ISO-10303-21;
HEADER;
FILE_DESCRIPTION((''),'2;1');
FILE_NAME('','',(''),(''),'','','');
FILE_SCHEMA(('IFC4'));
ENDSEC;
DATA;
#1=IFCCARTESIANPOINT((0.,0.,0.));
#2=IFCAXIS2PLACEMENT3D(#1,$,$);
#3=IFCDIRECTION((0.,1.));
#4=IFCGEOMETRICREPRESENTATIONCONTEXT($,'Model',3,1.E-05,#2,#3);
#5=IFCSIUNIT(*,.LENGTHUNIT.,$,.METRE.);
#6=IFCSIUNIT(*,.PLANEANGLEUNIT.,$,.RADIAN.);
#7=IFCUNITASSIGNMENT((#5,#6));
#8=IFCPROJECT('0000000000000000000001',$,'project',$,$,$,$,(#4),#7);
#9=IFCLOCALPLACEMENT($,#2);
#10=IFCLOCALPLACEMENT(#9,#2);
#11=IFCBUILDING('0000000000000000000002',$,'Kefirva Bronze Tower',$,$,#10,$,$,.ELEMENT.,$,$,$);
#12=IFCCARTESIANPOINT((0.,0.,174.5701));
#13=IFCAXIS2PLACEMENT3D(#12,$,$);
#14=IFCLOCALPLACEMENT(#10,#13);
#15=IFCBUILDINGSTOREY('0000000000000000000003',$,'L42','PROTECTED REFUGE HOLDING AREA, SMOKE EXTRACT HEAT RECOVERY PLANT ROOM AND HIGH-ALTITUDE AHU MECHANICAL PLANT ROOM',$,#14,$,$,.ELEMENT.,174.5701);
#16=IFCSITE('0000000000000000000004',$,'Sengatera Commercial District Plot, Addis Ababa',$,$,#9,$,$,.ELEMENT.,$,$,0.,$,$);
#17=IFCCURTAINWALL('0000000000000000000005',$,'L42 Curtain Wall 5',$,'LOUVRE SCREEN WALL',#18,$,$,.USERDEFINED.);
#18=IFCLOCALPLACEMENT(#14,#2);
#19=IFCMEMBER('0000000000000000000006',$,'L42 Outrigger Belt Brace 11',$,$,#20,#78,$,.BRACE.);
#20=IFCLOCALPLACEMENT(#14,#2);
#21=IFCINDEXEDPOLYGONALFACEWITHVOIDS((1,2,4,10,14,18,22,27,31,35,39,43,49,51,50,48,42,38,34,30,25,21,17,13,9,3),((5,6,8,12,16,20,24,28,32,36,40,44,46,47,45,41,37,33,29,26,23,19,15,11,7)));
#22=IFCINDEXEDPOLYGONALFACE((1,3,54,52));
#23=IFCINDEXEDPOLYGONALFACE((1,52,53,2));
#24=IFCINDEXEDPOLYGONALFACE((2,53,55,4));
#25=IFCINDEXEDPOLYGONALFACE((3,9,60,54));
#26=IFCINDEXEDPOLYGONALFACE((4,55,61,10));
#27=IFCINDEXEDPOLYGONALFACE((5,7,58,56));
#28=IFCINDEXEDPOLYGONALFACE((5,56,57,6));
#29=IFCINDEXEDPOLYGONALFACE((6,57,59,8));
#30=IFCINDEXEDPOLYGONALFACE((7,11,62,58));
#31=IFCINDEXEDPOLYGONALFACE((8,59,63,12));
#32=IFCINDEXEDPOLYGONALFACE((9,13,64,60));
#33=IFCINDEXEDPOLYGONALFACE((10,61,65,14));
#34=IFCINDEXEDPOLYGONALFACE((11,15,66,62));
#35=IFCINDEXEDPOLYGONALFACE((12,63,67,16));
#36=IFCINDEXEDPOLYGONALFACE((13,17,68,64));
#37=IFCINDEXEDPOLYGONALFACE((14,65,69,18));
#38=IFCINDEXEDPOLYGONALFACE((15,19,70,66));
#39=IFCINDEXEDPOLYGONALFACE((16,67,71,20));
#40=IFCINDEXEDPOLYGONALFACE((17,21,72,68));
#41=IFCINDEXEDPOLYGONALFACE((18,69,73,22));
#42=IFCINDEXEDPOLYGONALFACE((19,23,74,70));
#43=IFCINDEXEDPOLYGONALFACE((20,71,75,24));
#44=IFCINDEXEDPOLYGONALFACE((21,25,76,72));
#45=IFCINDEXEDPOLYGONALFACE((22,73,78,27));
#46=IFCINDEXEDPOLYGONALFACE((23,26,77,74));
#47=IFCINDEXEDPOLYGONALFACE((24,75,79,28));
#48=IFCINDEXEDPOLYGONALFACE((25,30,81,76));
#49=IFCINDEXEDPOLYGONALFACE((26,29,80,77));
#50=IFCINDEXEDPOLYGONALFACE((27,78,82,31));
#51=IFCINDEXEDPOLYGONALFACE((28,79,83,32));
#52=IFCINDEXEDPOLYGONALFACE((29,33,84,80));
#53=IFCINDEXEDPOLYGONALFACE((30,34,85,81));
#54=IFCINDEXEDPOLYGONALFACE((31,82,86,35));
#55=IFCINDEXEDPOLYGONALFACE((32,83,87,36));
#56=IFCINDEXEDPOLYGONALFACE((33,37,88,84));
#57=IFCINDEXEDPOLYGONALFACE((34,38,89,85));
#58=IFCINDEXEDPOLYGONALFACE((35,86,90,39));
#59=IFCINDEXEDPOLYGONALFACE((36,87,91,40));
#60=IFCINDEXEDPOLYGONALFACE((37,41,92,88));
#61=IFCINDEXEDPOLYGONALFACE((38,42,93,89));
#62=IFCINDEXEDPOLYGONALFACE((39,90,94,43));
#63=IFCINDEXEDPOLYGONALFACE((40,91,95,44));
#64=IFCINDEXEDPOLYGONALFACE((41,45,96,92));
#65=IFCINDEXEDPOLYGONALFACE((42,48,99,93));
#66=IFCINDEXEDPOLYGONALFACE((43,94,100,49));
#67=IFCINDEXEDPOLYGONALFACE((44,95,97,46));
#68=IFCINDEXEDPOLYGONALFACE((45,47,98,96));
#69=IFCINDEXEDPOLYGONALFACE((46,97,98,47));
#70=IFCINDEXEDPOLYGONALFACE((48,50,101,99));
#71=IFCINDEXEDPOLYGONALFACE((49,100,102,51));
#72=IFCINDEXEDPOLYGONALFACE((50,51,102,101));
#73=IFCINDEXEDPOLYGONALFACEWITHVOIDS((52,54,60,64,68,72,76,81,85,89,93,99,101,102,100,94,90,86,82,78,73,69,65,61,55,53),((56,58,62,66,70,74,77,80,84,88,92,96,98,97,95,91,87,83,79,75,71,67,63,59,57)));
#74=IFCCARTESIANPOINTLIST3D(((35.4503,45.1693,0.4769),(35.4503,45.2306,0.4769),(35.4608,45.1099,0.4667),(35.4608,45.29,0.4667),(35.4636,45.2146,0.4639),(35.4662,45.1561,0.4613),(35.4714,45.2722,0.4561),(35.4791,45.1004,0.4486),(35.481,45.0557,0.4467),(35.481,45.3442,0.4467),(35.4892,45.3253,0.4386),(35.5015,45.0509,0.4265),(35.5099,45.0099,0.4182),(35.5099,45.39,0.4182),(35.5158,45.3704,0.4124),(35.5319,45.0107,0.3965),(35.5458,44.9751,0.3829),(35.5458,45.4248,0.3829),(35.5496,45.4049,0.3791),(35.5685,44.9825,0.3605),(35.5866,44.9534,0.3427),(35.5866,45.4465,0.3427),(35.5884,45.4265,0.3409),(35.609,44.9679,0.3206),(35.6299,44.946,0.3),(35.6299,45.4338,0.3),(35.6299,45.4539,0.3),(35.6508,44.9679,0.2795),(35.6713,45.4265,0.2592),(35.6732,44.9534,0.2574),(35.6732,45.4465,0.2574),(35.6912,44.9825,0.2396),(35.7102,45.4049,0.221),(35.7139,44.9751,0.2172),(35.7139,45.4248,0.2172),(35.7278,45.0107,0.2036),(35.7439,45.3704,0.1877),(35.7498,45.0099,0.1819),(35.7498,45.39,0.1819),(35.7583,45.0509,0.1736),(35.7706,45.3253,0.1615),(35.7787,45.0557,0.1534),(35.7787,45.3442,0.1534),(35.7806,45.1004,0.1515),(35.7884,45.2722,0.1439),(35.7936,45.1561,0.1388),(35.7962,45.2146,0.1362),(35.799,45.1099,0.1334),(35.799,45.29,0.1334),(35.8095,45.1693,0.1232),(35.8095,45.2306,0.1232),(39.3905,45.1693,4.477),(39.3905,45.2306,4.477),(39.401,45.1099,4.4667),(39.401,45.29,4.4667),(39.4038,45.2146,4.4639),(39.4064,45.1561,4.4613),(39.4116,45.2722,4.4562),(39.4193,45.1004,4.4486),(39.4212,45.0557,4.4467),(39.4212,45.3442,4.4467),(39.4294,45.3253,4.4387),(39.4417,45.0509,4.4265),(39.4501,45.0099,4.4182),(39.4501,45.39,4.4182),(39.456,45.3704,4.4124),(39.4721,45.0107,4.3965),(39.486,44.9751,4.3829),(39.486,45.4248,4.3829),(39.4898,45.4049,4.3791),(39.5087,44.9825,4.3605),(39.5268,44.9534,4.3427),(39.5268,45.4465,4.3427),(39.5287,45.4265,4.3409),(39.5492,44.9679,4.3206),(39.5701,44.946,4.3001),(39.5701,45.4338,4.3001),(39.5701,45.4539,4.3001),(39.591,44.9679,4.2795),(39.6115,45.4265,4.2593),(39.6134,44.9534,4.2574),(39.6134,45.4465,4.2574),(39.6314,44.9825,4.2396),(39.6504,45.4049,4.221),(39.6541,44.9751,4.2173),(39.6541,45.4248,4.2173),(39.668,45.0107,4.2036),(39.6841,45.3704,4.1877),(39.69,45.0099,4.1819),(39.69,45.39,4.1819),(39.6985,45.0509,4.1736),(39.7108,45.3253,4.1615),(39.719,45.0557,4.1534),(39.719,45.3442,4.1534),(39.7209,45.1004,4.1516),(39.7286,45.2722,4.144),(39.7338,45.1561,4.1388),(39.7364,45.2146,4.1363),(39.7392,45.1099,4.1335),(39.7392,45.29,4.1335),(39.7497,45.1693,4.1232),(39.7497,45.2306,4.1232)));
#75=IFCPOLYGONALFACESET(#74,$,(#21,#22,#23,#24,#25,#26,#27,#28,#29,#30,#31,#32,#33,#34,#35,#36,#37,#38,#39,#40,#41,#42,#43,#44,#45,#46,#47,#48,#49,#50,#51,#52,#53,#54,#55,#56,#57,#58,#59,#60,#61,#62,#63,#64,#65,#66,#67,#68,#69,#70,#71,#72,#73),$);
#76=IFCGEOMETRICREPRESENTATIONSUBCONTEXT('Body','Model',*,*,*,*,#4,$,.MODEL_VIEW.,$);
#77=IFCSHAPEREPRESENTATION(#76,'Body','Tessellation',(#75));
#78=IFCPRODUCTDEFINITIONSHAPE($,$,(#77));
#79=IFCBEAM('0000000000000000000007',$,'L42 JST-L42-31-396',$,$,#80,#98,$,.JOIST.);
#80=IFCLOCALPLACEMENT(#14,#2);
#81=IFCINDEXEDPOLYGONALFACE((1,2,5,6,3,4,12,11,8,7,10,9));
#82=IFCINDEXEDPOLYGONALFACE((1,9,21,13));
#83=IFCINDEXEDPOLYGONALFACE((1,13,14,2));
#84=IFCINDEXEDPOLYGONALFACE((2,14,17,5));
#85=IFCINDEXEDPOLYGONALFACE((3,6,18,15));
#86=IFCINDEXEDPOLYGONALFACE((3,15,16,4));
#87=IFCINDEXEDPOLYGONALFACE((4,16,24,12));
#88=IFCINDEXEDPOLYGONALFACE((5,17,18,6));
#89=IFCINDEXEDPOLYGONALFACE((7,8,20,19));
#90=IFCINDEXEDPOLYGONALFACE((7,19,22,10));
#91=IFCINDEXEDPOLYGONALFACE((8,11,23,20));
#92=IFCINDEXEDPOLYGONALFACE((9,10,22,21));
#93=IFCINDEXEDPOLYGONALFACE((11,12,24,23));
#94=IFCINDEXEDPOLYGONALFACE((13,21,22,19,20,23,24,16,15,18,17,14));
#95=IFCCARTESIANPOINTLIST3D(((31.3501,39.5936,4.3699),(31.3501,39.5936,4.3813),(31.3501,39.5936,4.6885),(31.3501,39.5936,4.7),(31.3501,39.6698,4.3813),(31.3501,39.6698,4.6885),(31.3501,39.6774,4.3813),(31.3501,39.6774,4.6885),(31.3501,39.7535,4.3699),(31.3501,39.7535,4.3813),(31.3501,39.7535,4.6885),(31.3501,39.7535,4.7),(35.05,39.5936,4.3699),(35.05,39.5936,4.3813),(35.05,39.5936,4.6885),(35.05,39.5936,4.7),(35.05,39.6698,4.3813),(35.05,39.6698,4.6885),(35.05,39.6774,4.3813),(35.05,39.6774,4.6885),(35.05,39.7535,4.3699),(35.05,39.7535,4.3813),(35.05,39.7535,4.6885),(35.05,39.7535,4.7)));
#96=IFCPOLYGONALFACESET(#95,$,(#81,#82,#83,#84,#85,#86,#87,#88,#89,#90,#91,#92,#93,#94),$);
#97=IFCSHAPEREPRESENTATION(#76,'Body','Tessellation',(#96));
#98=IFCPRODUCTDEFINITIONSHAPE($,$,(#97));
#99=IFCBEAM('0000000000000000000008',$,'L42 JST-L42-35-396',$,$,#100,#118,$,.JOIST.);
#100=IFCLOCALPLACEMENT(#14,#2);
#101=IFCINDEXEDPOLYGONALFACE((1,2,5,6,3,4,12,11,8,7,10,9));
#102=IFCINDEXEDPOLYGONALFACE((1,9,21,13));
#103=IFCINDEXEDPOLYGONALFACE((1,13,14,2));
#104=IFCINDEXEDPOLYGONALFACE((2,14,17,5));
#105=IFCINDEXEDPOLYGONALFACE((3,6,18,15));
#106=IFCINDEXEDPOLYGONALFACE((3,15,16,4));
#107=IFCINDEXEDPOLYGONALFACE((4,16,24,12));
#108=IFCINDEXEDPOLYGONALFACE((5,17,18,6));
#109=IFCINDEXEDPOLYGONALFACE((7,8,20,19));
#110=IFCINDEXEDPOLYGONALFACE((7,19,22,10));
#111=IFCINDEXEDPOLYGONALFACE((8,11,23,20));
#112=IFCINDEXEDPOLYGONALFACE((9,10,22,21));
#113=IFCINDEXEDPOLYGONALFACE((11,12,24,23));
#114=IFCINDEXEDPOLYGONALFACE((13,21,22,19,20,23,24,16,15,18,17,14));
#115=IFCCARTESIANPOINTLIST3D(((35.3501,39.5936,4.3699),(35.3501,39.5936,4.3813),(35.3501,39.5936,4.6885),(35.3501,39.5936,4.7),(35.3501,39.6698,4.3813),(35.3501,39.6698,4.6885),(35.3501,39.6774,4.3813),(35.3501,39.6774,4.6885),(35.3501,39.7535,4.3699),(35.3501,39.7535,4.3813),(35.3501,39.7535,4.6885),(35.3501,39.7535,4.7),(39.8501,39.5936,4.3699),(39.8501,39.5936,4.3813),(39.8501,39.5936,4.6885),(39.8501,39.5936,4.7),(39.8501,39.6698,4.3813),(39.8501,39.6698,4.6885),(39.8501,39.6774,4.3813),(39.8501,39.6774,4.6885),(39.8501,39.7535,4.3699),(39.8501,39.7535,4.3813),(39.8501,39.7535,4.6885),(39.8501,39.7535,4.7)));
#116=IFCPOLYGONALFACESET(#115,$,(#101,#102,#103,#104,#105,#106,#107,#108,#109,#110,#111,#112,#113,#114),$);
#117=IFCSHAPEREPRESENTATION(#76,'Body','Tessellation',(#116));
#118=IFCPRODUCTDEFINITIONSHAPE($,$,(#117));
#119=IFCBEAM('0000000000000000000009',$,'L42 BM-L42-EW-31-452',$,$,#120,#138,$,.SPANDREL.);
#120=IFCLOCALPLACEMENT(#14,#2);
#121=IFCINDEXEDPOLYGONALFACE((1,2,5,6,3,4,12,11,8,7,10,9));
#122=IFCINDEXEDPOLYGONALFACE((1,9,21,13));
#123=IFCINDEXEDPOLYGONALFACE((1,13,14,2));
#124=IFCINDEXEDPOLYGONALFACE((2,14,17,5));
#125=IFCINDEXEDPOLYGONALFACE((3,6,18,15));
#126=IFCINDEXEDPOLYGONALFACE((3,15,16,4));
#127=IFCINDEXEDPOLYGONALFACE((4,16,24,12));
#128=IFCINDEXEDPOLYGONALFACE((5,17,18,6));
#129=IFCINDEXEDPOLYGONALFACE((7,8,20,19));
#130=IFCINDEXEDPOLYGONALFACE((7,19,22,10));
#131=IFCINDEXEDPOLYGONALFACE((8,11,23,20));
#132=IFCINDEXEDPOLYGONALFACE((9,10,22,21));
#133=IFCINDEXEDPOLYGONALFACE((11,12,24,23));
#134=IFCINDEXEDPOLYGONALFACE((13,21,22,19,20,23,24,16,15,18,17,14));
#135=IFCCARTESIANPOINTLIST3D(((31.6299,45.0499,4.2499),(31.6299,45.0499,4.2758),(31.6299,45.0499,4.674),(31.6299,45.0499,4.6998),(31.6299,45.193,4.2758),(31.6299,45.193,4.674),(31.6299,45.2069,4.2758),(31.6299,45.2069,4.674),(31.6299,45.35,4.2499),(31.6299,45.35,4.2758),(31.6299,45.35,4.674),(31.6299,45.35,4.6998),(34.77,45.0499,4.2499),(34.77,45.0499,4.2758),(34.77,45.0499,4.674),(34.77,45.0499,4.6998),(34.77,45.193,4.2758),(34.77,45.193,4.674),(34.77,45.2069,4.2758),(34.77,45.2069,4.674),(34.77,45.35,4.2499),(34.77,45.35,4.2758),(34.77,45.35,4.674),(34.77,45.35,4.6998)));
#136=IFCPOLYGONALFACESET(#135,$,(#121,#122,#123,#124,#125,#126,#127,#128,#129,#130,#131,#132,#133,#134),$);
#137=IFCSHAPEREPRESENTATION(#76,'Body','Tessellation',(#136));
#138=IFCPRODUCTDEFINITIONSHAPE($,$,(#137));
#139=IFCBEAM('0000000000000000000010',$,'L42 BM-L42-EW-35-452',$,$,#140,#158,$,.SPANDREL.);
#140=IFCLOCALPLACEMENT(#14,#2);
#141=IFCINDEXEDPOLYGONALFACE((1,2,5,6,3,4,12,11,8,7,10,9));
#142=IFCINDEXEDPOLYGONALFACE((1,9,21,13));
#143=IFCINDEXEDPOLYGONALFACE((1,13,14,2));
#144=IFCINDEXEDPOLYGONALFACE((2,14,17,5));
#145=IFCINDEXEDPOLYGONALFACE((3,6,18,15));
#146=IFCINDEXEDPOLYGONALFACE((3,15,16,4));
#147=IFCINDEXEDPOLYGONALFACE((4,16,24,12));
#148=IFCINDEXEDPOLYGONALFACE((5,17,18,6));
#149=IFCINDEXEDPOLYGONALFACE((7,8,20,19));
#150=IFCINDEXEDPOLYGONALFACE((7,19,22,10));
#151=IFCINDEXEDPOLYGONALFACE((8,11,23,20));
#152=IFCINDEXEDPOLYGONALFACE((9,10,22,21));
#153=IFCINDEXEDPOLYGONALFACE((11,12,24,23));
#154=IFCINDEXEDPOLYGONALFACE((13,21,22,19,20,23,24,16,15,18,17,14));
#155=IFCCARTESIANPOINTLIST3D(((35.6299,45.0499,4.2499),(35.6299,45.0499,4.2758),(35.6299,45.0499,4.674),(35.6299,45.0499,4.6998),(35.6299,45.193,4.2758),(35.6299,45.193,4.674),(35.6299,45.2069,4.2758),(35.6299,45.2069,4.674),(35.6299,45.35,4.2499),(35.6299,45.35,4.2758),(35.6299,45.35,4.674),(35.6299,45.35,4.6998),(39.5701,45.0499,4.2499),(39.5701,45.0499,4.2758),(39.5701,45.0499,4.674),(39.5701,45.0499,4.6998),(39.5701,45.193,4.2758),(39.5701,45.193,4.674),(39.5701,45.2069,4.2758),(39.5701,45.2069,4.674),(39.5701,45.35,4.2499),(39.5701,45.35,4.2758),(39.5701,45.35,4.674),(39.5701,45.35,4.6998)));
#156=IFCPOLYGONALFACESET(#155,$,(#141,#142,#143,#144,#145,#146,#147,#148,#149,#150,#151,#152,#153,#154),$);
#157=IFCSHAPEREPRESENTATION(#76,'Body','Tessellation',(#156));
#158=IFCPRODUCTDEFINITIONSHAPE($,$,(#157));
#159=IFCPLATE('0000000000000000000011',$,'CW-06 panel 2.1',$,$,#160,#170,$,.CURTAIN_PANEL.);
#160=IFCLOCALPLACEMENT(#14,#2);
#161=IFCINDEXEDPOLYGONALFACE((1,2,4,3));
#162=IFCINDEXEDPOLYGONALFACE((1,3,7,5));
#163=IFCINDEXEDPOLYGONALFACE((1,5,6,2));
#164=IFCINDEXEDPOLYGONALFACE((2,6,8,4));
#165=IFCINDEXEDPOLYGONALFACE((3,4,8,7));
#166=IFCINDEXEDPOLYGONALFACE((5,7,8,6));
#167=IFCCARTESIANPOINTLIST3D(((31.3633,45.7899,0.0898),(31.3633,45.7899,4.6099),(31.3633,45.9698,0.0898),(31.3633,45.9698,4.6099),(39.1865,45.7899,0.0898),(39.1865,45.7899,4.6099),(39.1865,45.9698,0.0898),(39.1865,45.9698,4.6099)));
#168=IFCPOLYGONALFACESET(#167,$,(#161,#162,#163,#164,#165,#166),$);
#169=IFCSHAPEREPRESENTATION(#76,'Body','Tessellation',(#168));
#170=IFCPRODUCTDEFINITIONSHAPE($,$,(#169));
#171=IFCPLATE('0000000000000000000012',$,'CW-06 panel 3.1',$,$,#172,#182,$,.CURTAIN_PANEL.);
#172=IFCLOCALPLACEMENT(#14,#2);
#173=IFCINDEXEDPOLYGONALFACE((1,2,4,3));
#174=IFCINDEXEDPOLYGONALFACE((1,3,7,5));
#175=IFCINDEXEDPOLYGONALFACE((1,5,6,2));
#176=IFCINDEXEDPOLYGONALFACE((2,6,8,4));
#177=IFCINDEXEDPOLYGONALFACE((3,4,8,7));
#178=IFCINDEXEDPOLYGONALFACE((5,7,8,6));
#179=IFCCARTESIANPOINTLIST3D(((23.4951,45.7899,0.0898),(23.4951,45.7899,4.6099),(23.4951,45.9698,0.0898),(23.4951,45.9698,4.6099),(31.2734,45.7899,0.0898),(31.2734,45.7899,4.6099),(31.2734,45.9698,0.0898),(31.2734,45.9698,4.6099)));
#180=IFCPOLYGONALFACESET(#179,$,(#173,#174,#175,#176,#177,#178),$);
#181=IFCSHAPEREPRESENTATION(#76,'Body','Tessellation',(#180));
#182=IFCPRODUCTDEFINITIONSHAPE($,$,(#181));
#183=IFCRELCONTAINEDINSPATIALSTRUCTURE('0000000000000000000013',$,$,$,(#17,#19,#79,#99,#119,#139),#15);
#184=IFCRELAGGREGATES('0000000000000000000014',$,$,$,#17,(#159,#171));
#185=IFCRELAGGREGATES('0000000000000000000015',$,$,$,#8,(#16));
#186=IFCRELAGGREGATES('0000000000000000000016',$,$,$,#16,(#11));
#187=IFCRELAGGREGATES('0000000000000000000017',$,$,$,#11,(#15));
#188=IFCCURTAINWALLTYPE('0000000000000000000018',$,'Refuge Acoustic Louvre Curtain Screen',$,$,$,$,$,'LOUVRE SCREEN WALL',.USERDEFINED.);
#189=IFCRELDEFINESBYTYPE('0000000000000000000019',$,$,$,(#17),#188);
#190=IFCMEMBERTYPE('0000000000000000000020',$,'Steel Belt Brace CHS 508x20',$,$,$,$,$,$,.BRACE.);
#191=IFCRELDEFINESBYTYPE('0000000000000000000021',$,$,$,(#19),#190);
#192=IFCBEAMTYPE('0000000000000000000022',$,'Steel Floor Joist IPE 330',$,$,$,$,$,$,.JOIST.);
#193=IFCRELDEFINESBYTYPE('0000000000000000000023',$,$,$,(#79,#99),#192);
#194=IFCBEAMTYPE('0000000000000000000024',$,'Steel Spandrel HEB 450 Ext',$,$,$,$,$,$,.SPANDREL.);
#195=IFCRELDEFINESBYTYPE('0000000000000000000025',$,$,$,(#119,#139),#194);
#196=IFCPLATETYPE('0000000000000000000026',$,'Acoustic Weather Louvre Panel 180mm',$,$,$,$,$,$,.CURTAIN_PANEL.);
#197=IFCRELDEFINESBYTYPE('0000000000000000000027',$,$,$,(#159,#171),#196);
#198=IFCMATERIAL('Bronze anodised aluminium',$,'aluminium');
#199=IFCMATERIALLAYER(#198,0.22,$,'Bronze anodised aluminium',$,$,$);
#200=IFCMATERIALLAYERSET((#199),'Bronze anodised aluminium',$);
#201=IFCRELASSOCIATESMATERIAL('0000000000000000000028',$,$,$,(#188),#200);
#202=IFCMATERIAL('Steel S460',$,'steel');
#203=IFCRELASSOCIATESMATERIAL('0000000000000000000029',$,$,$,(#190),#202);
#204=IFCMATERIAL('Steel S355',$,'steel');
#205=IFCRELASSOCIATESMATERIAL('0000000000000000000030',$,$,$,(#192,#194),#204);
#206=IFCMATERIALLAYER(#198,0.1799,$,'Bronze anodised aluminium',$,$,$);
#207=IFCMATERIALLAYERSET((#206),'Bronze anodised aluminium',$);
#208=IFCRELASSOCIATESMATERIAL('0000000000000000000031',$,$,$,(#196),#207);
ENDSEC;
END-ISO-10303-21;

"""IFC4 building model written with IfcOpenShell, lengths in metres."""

from ifc_helpers import new_model, si_unit, direction, frame, origin, origin_2d, place, context, subcontext, project, spatial, rectangle, hollow_circle, i_section, extrude, material, layer, layer_set, material_profile, profile_set, type_object, element, aggregate, save


model = new_model("IFC4")

# Units and contexts
model_context = context("Model", 3, precision=1e-05, world=origin(), true_north=direction((0.0, 1.0)))
body_context = subcontext(model_context, "Body", "Model", "MODEL_VIEW")
ifc_project = project(units=[si_unit("LENGTHUNIT", "METRE"), si_unit("PLANEANGLEUNIT", "RADIAN")], contexts=[model_context])

# Site, building, storey
site_placement = place(None, origin())
site = spatial("IfcSite", under=ifc_project, at=site_placement, Name="Sengatera Commercial District Plot, Addis Ababa", CompositionType="ELEMENT", RefElevation=0.0)
building_placement = place(site_placement, origin())
building = spatial("IfcBuilding", under=site, at=building_placement, Name="Kefirva Bronze Tower", CompositionType="ELEMENT")
storey_placement = place(building_placement, frame((0.0, 0.0, 174.5701)))
storey = spatial("IfcBuildingStorey", under=building, at=storey_placement, Name="L42", Description="PROTECTED REFUGE HOLDING AREA, SMOKE EXTRACT HEAT RECOVERY PLANT ROOM AND HIGH-ALTITUDE AHU MECHANICAL PLANT ROOM", CompositionType="ELEMENT", Elevation=174.5701)

# Curtain wall
ifc_material_1 = material(Name="Bronze anodised aluminium", Category="aluminium")
ifc_layer_1 = layer(ifc_material_1, 0.22, Name="Bronze anodised aluminium")
ifc_layer_set_1 = layer_set([ifc_layer_1], Name="Bronze anodised aluminium")
curtain_wall_type = type_object("IfcCurtainWallType", Name="Refuge Acoustic Louvre Curtain Screen", ElementType="LOUVRE SCREEN WALL", PredefinedType="USERDEFINED", material=ifc_layer_set_1)
curtain_wall_placement = place(storey_placement, origin())
curtain_wall = element("IfcCurtainWall", 1, at=curtain_wall_placement, inside=storey, type_object=curtain_wall_type, Name="L42 Curtain Wall 5", ObjectType="LOUVRE SCREEN WALL", PredefinedType="USERDEFINED")

# Member
ifc_material_2 = material(Name="Steel S460", Category="steel")
ifc_material_profile_1 = material_profile(ifc_material_2, hollow_circle(Radius=0.2539, WallThickness=0.02, at=origin_2d()), Name="CHS 508x20")
ifc_profile_set_1 = profile_set([ifc_material_profile_1], Name="Steel S460")
member_type_1 = type_object("IfcMemberType", Name="Steel Belt Brace CHS 508x20", PredefinedType="BRACE", material=ifc_profile_set_1)
member_1_placement = place(storey_placement, frame((35.6299, 45.2, 0.3), z_axis=(0.70176, 0.0, 0.712413), x_axis=(0.0, 1.0, 0.0)))
element("IfcMember", 2, at=member_1_placement, inside=storey, type_object=member_type_1, Name="L42 Outrigger Belt Brace 11", PredefinedType="BRACE", context=body_context, shape_type="SweptSolid", body=[
    extrude(hollow_circle(Radius=0.2539, WallThickness=0.02, at=origin_2d()), origin(), (0.0, 0.0, 1.0), 5.6147),
])

# Beams
ifc_material_3 = material(Name="Steel S355", Category="steel")
ifc_material_profile_2 = material_profile(ifc_material_3, i_section(OverallWidth=0.1599, OverallDepth=0.3301, WebThickness=0.0076, FlangeThickness=0.0115, at=origin_2d()), Name="IPE 330")
ifc_profile_set_2 = profile_set([ifc_material_profile_2], Name="Steel S355")
beam_type_1 = type_object("IfcBeamType", Name="Steel Floor Joist IPE 330", PredefinedType="JOIST", material=ifc_profile_set_2)
beam_1_placement = place(storey_placement, frame((31.3501, 39.6736, 4.5349), z_axis=(1.0, 0.0, 0.0), x_axis=(0.0, 1.0, 0.0)))
element("IfcBeam", 3, at=beam_1_placement, inside=storey, type_object=beam_type_1, Name="L42 JST-L42-31-396", PredefinedType="JOIST", context=body_context, shape_type="SweptSolid", body=[
    extrude(i_section(OverallWidth=0.1599, OverallDepth=0.3301, WebThickness=0.0076, FlangeThickness=0.0115, at=origin_2d()), origin(), (0.0, 0.0, 1.0), 3.7),
])
beam_2_placement = place(storey_placement, frame((35.3501, 39.6736, 4.5349), z_axis=(1.0, 0.0, 0.0), x_axis=(0.0, 1.0, 0.0)))
element("IfcBeam", 4, at=beam_2_placement, inside=storey, type_object=beam_type_1, Name="L42 JST-L42-35-396", PredefinedType="JOIST", context=body_context, shape_type="SweptSolid", body=[
    extrude(i_section(OverallWidth=0.1599, OverallDepth=0.3301, WebThickness=0.0076, FlangeThickness=0.0115, at=origin_2d()), origin(), (0.0, 0.0, 1.0), 4.5),
])
ifc_material_profile_3 = material_profile(ifc_material_3, i_section(OverallWidth=0.3, OverallDepth=0.45, WebThickness=0.0139, FlangeThickness=0.0259, at=origin_2d()), Name="HEB 450")
ifc_profile_set_3 = profile_set([ifc_material_profile_3], Name="Steel S355")
beam_type_2 = type_object("IfcBeamType", Name="Steel Spandrel HEB 450 Ext", PredefinedType="SPANDREL", material=ifc_profile_set_3)
beam_3_placement = place(storey_placement, frame((31.6299, 45.2, 4.4749), z_axis=(1.0, 0.0, 0.0), x_axis=(0.0, 1.0, 0.0)))
element("IfcBeam", 5, at=beam_3_placement, inside=storey, type_object=beam_type_2, Name="L42 BM-L42-EW-31-452", PredefinedType="SPANDREL", context=body_context, shape_type="SweptSolid", body=[
    extrude(i_section(OverallWidth=0.3, OverallDepth=0.45, WebThickness=0.0139, FlangeThickness=0.0259, at=origin_2d()), origin(), (0.0, 0.0, 1.0), 3.1401),
])
beam_4_placement = place(storey_placement, frame((35.6299, 45.2, 4.4749), z_axis=(1.0, 0.0, 0.0), x_axis=(0.0, 1.0, 0.0)))
element("IfcBeam", 6, at=beam_4_placement, inside=storey, type_object=beam_type_2, Name="L42 BM-L42-EW-35-452", PredefinedType="SPANDREL", context=body_context, shape_type="SweptSolid", body=[
    extrude(i_section(OverallWidth=0.3, OverallDepth=0.45, WebThickness=0.0139, FlangeThickness=0.0259, at=origin_2d()), origin(), (0.0, 0.0, 1.0), 3.9402),
])

# Plates
ifc_layer_2 = layer(ifc_material_1, 0.1799, Name="Bronze anodised aluminium")
ifc_layer_set_2 = layer_set([ifc_layer_2], Name="Bronze anodised aluminium")
plate_type_1 = type_object("IfcPlateType", Name="Acoustic Weather Louvre Panel 180mm", PredefinedType="CURTAIN_PANEL", material=ifc_layer_set_2)
plate_1_placement = place(storey_placement, frame((35.2749, 45.8799, 0.0898), z_axis=(0.0, 0.0, 1.0), x_axis=(-1.0, 0.0, 0.0)))
plate_1 = element("IfcPlate", 7, at=plate_1_placement, type_object=plate_type_1, Name="CW-06 panel 2.1", PredefinedType="CURTAIN_PANEL", context=body_context, shape_type="SweptSolid", body=[
    extrude(rectangle(XDim=7.8232, YDim=0.1799, at=origin_2d()), origin(), (0.0, 0.0, 1.0), 4.52),
])
plate_2_placement = place(storey_placement, frame((27.3843, 45.8799, 0.0898), z_axis=(0.0, 0.0, 1.0), x_axis=(-1.0, 0.0, 0.0)))
plate_2 = element("IfcPlate", 8, at=plate_2_placement, type_object=plate_type_1, Name="CW-06 panel 3.1", PredefinedType="CURTAIN_PANEL", context=body_context, shape_type="SweptSolid", body=[
    extrude(rectangle(XDim=7.7783, YDim=0.1799, at=origin_2d()), origin(), (0.0, 0.0, 1.0), 4.52),
])
aggregate(curtain_wall, [plate_1, plate_2])

save(model, "model.ifc")
